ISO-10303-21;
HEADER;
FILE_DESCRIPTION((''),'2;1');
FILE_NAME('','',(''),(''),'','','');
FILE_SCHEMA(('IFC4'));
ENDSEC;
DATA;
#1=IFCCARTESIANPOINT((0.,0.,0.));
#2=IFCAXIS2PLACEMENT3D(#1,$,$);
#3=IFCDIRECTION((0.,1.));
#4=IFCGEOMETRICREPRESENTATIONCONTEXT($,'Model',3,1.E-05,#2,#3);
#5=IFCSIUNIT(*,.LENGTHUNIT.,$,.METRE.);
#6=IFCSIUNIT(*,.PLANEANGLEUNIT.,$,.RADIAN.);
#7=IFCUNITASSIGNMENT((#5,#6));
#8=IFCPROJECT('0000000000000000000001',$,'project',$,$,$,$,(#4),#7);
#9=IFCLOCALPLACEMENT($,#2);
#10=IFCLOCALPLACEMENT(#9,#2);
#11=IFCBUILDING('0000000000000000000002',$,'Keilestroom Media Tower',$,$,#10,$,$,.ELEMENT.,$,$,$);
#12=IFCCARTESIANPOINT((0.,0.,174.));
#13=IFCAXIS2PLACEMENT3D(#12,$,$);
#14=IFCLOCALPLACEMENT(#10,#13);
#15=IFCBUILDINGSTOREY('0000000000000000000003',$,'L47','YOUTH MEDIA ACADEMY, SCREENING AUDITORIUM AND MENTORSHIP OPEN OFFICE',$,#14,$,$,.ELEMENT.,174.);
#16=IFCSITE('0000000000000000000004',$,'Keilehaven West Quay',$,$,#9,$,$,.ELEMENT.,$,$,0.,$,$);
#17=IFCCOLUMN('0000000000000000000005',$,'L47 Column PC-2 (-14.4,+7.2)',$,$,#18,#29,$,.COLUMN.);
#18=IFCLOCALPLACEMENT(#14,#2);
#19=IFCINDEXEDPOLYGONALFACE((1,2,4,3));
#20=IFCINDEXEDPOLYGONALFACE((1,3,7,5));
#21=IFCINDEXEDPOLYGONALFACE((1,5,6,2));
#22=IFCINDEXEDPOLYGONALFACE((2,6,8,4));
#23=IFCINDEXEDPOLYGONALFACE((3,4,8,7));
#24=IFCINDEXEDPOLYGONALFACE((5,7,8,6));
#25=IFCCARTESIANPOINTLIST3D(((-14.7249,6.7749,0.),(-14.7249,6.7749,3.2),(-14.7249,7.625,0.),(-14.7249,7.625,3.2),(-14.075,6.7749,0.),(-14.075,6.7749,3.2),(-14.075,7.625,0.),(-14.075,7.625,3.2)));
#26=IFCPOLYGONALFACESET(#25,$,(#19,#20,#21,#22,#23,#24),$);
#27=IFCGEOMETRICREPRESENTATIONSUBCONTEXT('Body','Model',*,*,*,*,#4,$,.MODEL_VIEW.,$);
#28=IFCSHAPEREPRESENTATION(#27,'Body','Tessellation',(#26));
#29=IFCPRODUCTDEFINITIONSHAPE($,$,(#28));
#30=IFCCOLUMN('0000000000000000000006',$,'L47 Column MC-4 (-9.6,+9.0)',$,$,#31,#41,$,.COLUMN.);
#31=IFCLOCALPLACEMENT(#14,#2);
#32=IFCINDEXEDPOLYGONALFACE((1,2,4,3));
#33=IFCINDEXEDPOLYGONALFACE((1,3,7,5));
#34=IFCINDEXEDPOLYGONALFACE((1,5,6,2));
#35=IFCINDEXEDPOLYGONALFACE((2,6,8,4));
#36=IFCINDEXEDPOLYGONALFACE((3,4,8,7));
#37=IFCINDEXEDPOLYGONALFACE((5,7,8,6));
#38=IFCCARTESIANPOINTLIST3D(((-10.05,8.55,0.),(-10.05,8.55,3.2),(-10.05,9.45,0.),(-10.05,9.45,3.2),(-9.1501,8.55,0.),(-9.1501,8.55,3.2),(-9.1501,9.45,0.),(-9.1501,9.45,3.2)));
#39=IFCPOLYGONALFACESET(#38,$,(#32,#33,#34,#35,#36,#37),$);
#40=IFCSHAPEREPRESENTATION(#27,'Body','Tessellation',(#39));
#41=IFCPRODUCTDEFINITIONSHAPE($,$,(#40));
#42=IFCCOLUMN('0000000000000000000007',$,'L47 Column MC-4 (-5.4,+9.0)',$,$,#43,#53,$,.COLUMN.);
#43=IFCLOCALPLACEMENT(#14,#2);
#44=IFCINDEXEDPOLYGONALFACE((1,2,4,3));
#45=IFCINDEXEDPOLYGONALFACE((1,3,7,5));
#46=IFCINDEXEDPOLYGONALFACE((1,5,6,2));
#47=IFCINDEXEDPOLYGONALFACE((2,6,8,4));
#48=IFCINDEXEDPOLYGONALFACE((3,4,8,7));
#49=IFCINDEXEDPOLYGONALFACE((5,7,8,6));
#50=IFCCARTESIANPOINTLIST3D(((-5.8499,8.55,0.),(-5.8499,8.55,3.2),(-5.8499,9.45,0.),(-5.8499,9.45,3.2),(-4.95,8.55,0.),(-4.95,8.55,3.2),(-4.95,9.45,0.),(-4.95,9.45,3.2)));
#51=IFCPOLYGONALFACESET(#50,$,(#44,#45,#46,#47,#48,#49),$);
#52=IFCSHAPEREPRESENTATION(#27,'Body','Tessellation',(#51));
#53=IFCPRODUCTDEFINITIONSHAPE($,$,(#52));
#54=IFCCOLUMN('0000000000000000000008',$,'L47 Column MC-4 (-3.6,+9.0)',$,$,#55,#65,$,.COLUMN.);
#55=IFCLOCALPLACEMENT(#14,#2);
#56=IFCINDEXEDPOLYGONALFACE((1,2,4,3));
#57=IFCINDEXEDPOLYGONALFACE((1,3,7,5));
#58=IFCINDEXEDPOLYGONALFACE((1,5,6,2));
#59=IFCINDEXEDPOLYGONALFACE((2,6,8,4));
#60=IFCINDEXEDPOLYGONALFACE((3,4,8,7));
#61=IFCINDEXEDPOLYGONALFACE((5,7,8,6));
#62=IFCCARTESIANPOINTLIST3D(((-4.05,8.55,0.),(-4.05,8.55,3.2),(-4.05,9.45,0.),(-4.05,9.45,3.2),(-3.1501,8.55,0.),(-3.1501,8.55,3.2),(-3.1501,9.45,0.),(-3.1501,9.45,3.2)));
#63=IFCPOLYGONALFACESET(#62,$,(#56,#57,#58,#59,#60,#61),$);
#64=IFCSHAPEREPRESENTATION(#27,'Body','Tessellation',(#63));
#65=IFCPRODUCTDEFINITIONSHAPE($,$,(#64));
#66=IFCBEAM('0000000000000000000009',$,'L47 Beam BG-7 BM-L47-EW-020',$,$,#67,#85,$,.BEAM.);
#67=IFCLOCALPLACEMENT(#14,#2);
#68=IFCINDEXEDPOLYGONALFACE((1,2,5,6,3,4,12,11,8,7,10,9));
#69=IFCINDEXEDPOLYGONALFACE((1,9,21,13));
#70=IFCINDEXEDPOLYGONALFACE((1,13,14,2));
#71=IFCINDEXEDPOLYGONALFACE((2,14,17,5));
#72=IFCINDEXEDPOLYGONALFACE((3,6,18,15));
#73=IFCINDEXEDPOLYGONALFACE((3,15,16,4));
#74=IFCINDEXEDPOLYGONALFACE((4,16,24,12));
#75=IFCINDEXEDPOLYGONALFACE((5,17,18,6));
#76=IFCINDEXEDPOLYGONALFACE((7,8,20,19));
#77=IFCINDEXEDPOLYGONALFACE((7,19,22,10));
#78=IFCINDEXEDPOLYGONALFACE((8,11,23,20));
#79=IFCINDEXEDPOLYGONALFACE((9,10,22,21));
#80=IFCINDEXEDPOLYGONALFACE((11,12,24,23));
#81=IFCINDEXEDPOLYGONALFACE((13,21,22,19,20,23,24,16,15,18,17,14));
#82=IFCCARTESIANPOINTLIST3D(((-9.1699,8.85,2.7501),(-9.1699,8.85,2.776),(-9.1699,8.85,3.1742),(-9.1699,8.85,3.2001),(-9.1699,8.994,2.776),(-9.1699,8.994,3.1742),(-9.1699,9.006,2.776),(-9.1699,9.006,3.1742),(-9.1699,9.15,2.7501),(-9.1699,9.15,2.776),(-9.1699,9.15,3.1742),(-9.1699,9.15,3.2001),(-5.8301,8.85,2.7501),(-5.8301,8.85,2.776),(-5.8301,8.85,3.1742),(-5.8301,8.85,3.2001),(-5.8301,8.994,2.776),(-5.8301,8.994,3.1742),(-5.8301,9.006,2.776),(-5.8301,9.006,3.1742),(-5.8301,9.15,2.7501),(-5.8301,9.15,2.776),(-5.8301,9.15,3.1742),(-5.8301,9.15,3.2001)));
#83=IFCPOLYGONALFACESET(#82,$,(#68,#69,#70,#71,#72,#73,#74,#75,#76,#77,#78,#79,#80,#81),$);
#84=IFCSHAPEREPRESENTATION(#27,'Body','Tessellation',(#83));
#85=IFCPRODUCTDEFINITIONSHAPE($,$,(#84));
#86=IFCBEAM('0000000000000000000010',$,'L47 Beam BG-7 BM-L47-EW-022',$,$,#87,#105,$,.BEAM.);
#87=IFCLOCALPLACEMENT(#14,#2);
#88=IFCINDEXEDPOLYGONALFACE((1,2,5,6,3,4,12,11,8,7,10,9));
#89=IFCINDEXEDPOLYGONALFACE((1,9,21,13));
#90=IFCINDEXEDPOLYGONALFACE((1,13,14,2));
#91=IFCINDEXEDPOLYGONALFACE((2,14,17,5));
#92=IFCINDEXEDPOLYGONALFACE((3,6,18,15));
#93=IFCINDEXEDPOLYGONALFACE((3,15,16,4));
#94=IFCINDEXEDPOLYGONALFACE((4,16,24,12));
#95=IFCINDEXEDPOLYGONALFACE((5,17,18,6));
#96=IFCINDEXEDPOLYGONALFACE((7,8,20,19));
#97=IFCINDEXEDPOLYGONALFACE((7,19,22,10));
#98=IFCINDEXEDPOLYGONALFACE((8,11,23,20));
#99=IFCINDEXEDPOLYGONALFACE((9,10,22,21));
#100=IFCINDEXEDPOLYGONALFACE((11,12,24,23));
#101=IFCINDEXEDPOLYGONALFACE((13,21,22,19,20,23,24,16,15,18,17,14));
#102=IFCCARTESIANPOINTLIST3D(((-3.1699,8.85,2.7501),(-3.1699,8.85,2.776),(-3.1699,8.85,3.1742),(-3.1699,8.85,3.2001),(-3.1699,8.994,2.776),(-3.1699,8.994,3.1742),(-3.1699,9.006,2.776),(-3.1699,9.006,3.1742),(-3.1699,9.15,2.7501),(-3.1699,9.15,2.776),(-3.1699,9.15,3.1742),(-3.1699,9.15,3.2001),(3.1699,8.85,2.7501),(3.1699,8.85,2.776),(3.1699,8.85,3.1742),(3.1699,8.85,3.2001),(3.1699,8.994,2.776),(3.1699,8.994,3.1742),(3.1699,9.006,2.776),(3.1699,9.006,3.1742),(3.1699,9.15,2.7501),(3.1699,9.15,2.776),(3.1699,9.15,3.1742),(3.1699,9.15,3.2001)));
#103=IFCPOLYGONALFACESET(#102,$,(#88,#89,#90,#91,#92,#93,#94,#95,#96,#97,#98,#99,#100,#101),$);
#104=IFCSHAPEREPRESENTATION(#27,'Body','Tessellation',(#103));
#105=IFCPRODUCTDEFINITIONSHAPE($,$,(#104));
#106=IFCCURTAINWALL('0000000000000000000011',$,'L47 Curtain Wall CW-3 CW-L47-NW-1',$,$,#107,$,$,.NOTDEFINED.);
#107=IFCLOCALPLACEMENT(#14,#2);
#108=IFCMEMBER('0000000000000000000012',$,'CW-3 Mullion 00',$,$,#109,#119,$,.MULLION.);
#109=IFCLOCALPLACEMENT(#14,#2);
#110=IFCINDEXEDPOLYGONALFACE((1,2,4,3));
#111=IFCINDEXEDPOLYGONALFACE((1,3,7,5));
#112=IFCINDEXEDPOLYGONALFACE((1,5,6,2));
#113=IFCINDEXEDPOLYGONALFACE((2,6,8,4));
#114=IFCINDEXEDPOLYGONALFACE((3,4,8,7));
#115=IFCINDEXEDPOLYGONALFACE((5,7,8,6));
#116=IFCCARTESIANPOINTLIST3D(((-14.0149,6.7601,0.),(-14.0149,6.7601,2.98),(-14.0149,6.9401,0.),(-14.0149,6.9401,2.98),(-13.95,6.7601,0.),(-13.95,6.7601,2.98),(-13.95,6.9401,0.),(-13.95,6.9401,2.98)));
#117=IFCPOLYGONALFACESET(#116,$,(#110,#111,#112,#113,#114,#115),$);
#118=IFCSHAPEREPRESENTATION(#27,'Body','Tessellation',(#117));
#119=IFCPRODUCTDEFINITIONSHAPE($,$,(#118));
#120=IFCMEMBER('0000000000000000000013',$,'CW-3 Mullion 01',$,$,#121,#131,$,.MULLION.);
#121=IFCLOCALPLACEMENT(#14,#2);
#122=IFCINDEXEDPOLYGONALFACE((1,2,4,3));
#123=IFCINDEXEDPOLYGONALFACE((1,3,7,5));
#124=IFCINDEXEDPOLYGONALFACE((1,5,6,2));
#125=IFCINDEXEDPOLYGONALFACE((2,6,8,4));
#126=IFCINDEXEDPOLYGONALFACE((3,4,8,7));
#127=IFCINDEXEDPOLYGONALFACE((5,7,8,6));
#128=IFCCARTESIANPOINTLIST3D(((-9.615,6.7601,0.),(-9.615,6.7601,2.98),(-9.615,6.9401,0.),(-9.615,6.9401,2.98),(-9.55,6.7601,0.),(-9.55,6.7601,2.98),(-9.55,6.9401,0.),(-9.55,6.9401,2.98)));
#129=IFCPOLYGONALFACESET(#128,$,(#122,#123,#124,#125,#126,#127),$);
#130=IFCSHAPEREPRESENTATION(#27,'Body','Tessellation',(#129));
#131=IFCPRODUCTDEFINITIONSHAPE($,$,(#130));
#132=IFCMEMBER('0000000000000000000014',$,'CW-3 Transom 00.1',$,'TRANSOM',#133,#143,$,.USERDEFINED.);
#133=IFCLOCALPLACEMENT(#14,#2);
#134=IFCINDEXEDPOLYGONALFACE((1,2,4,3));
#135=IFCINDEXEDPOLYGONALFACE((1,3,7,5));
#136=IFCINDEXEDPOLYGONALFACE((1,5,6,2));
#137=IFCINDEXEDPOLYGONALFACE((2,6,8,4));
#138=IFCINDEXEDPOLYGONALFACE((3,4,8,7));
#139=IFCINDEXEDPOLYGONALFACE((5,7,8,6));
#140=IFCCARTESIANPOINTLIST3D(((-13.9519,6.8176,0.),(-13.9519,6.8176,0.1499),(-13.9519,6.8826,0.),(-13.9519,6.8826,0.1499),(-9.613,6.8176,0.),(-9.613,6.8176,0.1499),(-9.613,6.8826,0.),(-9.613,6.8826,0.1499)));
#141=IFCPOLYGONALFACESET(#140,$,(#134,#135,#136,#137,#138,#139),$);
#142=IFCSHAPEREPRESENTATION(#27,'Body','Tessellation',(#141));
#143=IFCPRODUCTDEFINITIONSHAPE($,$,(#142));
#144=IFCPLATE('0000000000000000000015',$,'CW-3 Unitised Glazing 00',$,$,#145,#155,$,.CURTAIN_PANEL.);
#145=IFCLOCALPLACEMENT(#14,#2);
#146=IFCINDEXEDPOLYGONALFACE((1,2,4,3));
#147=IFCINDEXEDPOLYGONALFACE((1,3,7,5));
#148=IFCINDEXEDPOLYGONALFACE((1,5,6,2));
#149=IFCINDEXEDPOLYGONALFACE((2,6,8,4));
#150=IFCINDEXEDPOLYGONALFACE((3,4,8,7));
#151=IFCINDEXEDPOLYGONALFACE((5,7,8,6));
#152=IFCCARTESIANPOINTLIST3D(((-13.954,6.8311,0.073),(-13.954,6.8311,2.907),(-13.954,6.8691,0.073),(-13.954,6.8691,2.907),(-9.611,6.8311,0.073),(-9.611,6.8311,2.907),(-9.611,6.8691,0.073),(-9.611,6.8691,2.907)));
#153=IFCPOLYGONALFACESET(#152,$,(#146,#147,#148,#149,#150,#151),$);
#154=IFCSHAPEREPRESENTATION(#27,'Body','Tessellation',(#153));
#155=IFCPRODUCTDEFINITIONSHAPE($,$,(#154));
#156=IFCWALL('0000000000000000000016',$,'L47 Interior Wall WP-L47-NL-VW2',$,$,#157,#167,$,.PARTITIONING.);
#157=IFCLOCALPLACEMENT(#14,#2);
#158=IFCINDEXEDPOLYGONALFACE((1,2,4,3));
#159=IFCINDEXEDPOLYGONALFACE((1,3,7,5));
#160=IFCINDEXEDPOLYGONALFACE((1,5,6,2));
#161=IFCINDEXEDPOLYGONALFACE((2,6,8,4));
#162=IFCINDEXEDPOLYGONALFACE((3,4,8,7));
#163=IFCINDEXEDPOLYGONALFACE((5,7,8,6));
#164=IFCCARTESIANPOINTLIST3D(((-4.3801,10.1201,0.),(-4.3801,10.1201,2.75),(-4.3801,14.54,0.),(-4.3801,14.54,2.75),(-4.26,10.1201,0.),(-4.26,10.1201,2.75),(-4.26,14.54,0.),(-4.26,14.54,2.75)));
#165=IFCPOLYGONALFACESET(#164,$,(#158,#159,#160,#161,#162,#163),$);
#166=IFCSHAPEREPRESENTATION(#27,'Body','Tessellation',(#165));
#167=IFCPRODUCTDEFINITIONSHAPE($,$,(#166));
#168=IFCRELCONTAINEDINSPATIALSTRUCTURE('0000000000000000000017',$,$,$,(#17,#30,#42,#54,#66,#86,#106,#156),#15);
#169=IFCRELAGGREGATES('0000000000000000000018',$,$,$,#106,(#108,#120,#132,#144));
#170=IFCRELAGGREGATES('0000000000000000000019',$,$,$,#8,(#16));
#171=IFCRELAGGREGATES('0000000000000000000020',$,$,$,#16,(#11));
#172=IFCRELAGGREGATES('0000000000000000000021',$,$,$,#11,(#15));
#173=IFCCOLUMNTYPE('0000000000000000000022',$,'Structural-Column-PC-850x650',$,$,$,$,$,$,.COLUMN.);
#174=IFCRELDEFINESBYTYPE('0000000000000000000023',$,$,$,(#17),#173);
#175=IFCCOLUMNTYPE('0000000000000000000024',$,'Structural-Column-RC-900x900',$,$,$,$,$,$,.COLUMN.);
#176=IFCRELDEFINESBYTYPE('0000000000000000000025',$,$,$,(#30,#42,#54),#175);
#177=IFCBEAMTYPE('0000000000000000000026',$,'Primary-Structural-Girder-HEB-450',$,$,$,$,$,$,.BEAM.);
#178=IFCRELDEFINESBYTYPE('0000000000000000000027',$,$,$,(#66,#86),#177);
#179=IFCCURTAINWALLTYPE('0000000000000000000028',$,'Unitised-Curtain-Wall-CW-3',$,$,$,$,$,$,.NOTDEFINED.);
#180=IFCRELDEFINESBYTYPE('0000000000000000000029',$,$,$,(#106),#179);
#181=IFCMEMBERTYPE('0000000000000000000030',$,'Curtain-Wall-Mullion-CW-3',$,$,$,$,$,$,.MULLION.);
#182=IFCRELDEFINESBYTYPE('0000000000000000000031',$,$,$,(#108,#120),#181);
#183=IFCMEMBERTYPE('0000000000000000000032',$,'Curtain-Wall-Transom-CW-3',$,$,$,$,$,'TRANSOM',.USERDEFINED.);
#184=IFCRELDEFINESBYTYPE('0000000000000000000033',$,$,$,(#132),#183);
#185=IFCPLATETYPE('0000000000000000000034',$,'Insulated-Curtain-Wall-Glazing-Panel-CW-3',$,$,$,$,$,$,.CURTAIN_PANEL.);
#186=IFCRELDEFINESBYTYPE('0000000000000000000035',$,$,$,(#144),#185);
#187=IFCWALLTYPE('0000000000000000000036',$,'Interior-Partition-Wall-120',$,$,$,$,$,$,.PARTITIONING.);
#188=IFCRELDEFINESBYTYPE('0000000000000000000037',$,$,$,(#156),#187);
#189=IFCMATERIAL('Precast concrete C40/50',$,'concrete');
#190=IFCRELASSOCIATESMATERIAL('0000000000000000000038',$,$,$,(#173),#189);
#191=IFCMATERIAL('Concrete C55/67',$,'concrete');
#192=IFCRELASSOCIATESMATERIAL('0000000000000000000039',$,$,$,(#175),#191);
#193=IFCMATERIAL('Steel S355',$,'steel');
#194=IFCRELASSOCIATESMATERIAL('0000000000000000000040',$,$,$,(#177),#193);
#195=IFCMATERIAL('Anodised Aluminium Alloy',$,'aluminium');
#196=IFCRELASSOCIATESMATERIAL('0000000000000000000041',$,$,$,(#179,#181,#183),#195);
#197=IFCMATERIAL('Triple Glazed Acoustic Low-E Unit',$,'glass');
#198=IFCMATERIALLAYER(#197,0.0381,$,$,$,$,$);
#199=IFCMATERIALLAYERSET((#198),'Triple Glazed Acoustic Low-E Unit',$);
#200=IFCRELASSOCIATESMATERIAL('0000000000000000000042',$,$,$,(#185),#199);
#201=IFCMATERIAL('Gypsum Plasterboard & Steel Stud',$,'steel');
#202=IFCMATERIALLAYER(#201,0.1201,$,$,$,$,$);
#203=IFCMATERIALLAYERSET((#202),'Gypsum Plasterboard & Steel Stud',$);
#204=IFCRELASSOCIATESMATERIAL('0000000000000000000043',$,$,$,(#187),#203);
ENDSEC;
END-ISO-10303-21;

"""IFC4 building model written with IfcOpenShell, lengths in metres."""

from ifc_helpers import new_model, si_unit, direction, frame, frame_2d, origin, origin_2d, place, context, subcontext, project, spatial, rectangle, i_section, extrude, source, transform, mapped, material, layer, layer_set, material_profile, profile_set, type_object, element, aggregate, save


model = new_model("IFC4")

# Units and contexts
model_context = context("Model", 3, precision=1e-05, world=origin(), true_north=direction((0.0, 1.0)))
body_context = subcontext(model_context, "Body", "Model", "MODEL_VIEW")
ifc_project = project(units=[si_unit("LENGTHUNIT", "METRE"), si_unit("PLANEANGLEUNIT", "RADIAN")], contexts=[model_context])

# Site, building, storey
site_placement = place(None, origin())
site = spatial("IfcSite", under=ifc_project, at=site_placement, Name="Keilehaven West Quay", CompositionType="ELEMENT", RefElevation=0.0)
building_placement = place(site_placement, origin())
building = spatial("IfcBuilding", under=site, at=building_placement, Name="Keilestroom Media Tower", CompositionType="ELEMENT")
storey_placement = place(building_placement, frame((0.0, 0.0, 174.0)))
storey = spatial("IfcBuildingStorey", under=building, at=storey_placement, Name="L47", Description="YOUTH MEDIA ACADEMY, SCREENING AUDITORIUM AND MENTORSHIP OPEN OFFICE", CompositionType="ELEMENT", Elevation=174.0)

# Columns
ifc_material_1 = material(Name="Precast concrete C40/50", Category="concrete")
ifc_material_profile_1 = material_profile(ifc_material_1, rectangle(XDim=0.6499, YDim=0.8501, at=origin_2d()), Name="PC 850x650")
ifc_profile_set_1 = profile_set([ifc_material_profile_1], Name="Precast concrete C40/50")
column_type_1 = type_object("IfcColumnType", Name="Structural-Column-PC-850x650", PredefinedType="COLUMN", material=ifc_profile_set_1)
shared_shape_1 = source(origin(), body_context, "Body", "SweptSolid", [
    extrude(rectangle(XDim=0.6499, YDim=0.8501, at=origin_2d()), origin(), (0.0, 0.0, 1.0), 3.2),
])
column_placement = place(storey_placement, frame((-14.3999, 7.2, 0.0), z_axis=(0.0, 0.0, 1.0), x_axis=(1.0, 0.0, 0.0)))
element("IfcColumn", 1, at=column_placement, inside=storey, type_object=column_type_1, Name="L47 Column PC-2 (-14.4,+7.2)", PredefinedType="COLUMN", context=body_context, shape_type="MappedRepresentation", body=[
    mapped(shared_shape_1, transform((0.0, 0.0, 0.0), x_axis=(1.0, 0.0, 0.0), y_axis=(0.0, 1.0, 0.0), z_axis=(0.0, 0.0, 1.0), scale=1.0)),
])
ifc_material_2 = material(Name="Concrete C55/67", Category="concrete")
ifc_material_profile_2 = material_profile(ifc_material_2, rectangle(XDim=0.8999, YDim=0.8999, at=origin_2d()), Name="RC 900x900")
ifc_profile_set_2 = profile_set([ifc_material_profile_2], Name="Concrete C55/67")
column_type_2 = type_object("IfcColumnType", Name="Structural-Column-RC-900x900", PredefinedType="COLUMN", material=ifc_profile_set_2)
shared_shape_2 = source(origin(), body_context, "Body", "SweptSolid", [
    extrude(rectangle(XDim=0.8999, YDim=0.8999, at=origin_2d()), origin(), (0.0, 0.0, 1.0), 3.2),
])
for number, where, z_axis, x_axis, name in (
    (2, (-9.6001, 9.0, 0.0), (0.0, 0.0, 1.0), (1.0, 0.0, 0.0), "L47 Column MC-4 (-9.6,+9.0)"),
    (3, (-5.3999, 9.0, 0.0), (0.0, 0.0, 1.0), (1.0, 0.0, 0.0), "L47 Column MC-4 (-5.4,+9.0)"),
    (4, (-3.6001, 9.0, 0.0), (0.0, 0.0, 1.0), (1.0, 0.0, 0.0), "L47 Column MC-4 (-3.6,+9.0)"),
):
    element("IfcColumn", number, at=place(storey_placement, frame(where, z_axis=z_axis, x_axis=x_axis)), inside=storey, type_object=column_type_2, Name=name, PredefinedType="COLUMN", context=body_context, shape_type="MappedRepresentation", body=[
        mapped(shared_shape_2, transform((0.0, 0.0, 0.0), x_axis=(1.0, 0.0, 0.0), y_axis=(0.0, 1.0, 0.0), z_axis=(0.0, 0.0, 1.0), scale=1.0)),
    ])

# Beams
ifc_material_3 = material(Name="Steel S355", Category="steel")
ifc_material_profile_3 = material_profile(ifc_material_3, i_section(OverallWidth=0.3, OverallDepth=0.45, WebThickness=0.012, FlangeThickness=0.0259, at=origin_2d()), Name="HEB 450")
ifc_profile_set_3 = profile_set([ifc_material_profile_3], Name="Steel S355")
beam_type = type_object("IfcBeamType", Name="Primary-Structural-Girder-HEB-450", PredefinedType="BEAM", material=ifc_profile_set_3)
shared_shape_3 = source(origin(), body_context, "Body", "SweptSolid", [
    extrude(i_section(OverallWidth=0.3, OverallDepth=0.45, WebThickness=0.012, FlangeThickness=0.0259, at=origin_2d()), origin(), (0.0, 0.0, 1.0), 3.3398),
])
beam_1_placement = place(storey_placement, frame((-9.1699, 9.0, 2.9751), z_axis=(1.0, 0.0, 0.0), x_axis=(0.0, 1.0, 0.0)))
element("IfcBeam", 5, at=beam_1_placement, inside=storey, type_object=beam_type, Name="L47 Beam BG-7 BM-L47-EW-020", PredefinedType="BEAM", context=body_context, shape_type="MappedRepresentation", body=[
    mapped(shared_shape_3, transform((0.0, 0.0, 0.0), x_axis=(1.0, 0.0, 0.0), y_axis=(0.0, 1.0, 0.0), z_axis=(0.0, 0.0, 1.0), scale=1.0)),
])
shared_shape_4 = source(origin(), body_context, "Body", "SweptSolid", [
    extrude(i_section(OverallWidth=0.3, OverallDepth=0.45, WebThickness=0.012, FlangeThickness=0.0259, at=origin_2d()), origin(), (0.0, 0.0, 1.0), 6.3398),
])
beam_2_placement = place(storey_placement, frame((-3.1699, 9.0, 2.9751), z_axis=(1.0, 0.0, 0.0), x_axis=(0.0, 1.0, 0.0)))
element("IfcBeam", 6, at=beam_2_placement, inside=storey, type_object=beam_type, Name="L47 Beam BG-7 BM-L47-EW-022", PredefinedType="BEAM", context=body_context, shape_type="MappedRepresentation", body=[
    mapped(shared_shape_4, transform((0.0, 0.0, 0.0), x_axis=(1.0, 0.0, 0.0), y_axis=(0.0, 1.0, 0.0), z_axis=(0.0, 0.0, 1.0), scale=1.0)),
])

# Curtain wall, members, plate
ifc_material_4 = material(Name="Anodised Aluminium Alloy", Category="aluminium")
curtain_wall_type = type_object("IfcCurtainWallType", Name="Unitised-Curtain-Wall-CW-3", PredefinedType="NOTDEFINED", material=ifc_material_4)
curtain_wall_placement = place(storey_placement, origin())
curtain_wall = element("IfcCurtainWall", 7, at=curtain_wall_placement, inside=storey, type_object=curtain_wall_type, Name="L47 Curtain Wall CW-3 CW-L47-NW-1", PredefinedType="NOTDEFINED")
ifc_material_profile_4 = material_profile(ifc_material_4, rectangle(XDim=0.0649, YDim=0.1799, at=origin_2d()), Name="ALU MULLION 65x180")
ifc_profile_set_4 = profile_set([ifc_material_profile_4], Name="Anodised Aluminium Alloy")
member_type_1 = type_object("IfcMemberType", Name="Curtain-Wall-Mullion-CW-3", PredefinedType="MULLION", material=ifc_profile_set_4)
shared_shape_5 = source(origin(), body_context, "Body", "SweptSolid", [
    extrude(rectangle(XDim=0.0649, YDim=0.1799, at=origin_2d()), origin(), (0.0, 0.0, 1.0), 2.98),
])
member_1_placement = place(storey_placement, frame((-13.9824, 6.8501, 0.0), z_axis=(0.0, 0.0, 1.0), x_axis=(1.0, 0.0, 0.0)))
member_1 = element("IfcMember", 8, at=member_1_placement, type_object=member_type_1, Name="CW-3 Mullion 00", PredefinedType="MULLION", context=body_context, shape_type="MappedRepresentation", body=[
    mapped(shared_shape_5, transform((0.0, 0.0, 0.0), x_axis=(1.0, 0.0, 0.0), y_axis=(0.0, 1.0, 0.0), z_axis=(0.0, 0.0, 1.0), scale=1.0)),
])
member_2_placement = place(storey_placement, frame((-9.5825, 6.8501, 0.0), z_axis=(0.0, 0.0, 1.0), x_axis=(1.0, 0.0, 0.0)))
member_2 = element("IfcMember", 9, at=member_2_placement, type_object=member_type_1, Name="CW-3 Mullion 01", PredefinedType="MULLION", context=body_context, shape_type="MappedRepresentation", body=[
    mapped(shared_shape_5, transform((0.0, 0.0, 0.0), x_axis=(1.0, 0.0, 0.0), y_axis=(0.0, 1.0, 0.0), z_axis=(0.0, 0.0, 1.0), scale=1.0)),
])
ifc_material_profile_5 = material_profile(ifc_material_4, rectangle(XDim=0.0649, YDim=0.1499, at=origin_2d()), Name="ALU TRANSOM 65x150")
ifc_profile_set_5 = profile_set([ifc_material_profile_5], Name="Anodised Aluminium Alloy")
member_type_2 = type_object("IfcMemberType", Name="Curtain-Wall-Transom-CW-3", ElementType="TRANSOM", PredefinedType="USERDEFINED", material=ifc_profile_set_5)
shared_shape_6 = source(origin(), body_context, "Body", "SweptSolid", [
    extrude(rectangle(XDim=0.0649, YDim=0.1499, at=origin_2d()), origin(), (0.0, 0.0, 1.0), 4.3389),
])
member_3_placement = place(storey_placement, frame((-13.9519, 6.8501, 0.075), z_axis=(1.0, 0.0, 0.0), x_axis=(0.0, 1.0, 0.0)))
member_3 = element("IfcMember", 10, at=member_3_placement, type_object=member_type_2, Name="CW-3 Transom 00.1", ObjectType="TRANSOM", PredefinedType="USERDEFINED", context=body_context, shape_type="MappedRepresentation", body=[
    mapped(shared_shape_6, transform((0.0, 0.0, 0.0), x_axis=(1.0, 0.0, 0.0), y_axis=(0.0, 1.0, 0.0), z_axis=(0.0, 0.0, 1.0), scale=1.0)),
])
ifc_material_5 = material(Name="Triple Glazed Acoustic Low-E Unit", Category="glass")
ifc_layer_1 = layer(ifc_material_5, 0.0381)
ifc_layer_set_1 = layer_set([ifc_layer_1], Name="Triple Glazed Acoustic Low-E Unit")
plate_type = type_object("IfcPlateType", Name="Insulated-Curtain-Wall-Glazing-Panel-CW-3", PredefinedType="CURTAIN_PANEL", material=ifc_layer_set_1)
shared_shape_7 = source(origin(), body_context, "Body", "SweptSolid", [
    extrude(rectangle(XDim=4.343, YDim=0.0381, at=origin_2d()), origin(), (0.0, 0.0, 1.0), 2.834),
])
plate_placement = place(storey_placement, frame((-11.7825, 6.8501, 0.073), z_axis=(0.0, 0.0, 1.0), x_axis=(1.0, 0.0, 0.0)))
plate = element("IfcPlate", 11, at=plate_placement, type_object=plate_type, Name="CW-3 Unitised Glazing 00", PredefinedType="CURTAIN_PANEL", context=body_context, shape_type="MappedRepresentation", body=[
    mapped(shared_shape_7, transform((0.0, 0.0, 0.0), x_axis=(1.0, 0.0, 0.0), y_axis=(0.0, 1.0, 0.0), z_axis=(0.0, 0.0, 1.0), scale=1.0)),
])
aggregate(curtain_wall, [member_1, member_2, member_3, plate])

# Wall
ifc_material_6 = material(Name="Gypsum Plasterboard & Steel Stud", Category="steel")
ifc_layer_2 = layer(ifc_material_6, 0.1201)
ifc_layer_set_2 = layer_set([ifc_layer_2], Name="Gypsum Plasterboard & Steel Stud")
wall_type_1 = type_object("IfcWallType", Name="Interior-Partition-Wall-120", PredefinedType="PARTITIONING", material=ifc_layer_set_2)
wall_1_placement = place(storey_placement, frame((-4.3201, 10.1201, 0.0), z_axis=(0.0, 0.0, 1.0), x_axis=(0.0, 1.0, 0.0)))
element("IfcWall", 12, at=wall_1_placement, inside=storey, type_object=wall_type_1, Name="L47 Interior Wall WP-L47-NL-VW2", PredefinedType="PARTITIONING", context=body_context, shape_type="SweptSolid", body=[
    extrude(rectangle(XDim=4.4199, YDim=0.1201, at=frame_2d((2.21, 0.0))), origin(), (0.0, 0.0, 1.0), 2.75),
])

save(model, "model.ifc")
